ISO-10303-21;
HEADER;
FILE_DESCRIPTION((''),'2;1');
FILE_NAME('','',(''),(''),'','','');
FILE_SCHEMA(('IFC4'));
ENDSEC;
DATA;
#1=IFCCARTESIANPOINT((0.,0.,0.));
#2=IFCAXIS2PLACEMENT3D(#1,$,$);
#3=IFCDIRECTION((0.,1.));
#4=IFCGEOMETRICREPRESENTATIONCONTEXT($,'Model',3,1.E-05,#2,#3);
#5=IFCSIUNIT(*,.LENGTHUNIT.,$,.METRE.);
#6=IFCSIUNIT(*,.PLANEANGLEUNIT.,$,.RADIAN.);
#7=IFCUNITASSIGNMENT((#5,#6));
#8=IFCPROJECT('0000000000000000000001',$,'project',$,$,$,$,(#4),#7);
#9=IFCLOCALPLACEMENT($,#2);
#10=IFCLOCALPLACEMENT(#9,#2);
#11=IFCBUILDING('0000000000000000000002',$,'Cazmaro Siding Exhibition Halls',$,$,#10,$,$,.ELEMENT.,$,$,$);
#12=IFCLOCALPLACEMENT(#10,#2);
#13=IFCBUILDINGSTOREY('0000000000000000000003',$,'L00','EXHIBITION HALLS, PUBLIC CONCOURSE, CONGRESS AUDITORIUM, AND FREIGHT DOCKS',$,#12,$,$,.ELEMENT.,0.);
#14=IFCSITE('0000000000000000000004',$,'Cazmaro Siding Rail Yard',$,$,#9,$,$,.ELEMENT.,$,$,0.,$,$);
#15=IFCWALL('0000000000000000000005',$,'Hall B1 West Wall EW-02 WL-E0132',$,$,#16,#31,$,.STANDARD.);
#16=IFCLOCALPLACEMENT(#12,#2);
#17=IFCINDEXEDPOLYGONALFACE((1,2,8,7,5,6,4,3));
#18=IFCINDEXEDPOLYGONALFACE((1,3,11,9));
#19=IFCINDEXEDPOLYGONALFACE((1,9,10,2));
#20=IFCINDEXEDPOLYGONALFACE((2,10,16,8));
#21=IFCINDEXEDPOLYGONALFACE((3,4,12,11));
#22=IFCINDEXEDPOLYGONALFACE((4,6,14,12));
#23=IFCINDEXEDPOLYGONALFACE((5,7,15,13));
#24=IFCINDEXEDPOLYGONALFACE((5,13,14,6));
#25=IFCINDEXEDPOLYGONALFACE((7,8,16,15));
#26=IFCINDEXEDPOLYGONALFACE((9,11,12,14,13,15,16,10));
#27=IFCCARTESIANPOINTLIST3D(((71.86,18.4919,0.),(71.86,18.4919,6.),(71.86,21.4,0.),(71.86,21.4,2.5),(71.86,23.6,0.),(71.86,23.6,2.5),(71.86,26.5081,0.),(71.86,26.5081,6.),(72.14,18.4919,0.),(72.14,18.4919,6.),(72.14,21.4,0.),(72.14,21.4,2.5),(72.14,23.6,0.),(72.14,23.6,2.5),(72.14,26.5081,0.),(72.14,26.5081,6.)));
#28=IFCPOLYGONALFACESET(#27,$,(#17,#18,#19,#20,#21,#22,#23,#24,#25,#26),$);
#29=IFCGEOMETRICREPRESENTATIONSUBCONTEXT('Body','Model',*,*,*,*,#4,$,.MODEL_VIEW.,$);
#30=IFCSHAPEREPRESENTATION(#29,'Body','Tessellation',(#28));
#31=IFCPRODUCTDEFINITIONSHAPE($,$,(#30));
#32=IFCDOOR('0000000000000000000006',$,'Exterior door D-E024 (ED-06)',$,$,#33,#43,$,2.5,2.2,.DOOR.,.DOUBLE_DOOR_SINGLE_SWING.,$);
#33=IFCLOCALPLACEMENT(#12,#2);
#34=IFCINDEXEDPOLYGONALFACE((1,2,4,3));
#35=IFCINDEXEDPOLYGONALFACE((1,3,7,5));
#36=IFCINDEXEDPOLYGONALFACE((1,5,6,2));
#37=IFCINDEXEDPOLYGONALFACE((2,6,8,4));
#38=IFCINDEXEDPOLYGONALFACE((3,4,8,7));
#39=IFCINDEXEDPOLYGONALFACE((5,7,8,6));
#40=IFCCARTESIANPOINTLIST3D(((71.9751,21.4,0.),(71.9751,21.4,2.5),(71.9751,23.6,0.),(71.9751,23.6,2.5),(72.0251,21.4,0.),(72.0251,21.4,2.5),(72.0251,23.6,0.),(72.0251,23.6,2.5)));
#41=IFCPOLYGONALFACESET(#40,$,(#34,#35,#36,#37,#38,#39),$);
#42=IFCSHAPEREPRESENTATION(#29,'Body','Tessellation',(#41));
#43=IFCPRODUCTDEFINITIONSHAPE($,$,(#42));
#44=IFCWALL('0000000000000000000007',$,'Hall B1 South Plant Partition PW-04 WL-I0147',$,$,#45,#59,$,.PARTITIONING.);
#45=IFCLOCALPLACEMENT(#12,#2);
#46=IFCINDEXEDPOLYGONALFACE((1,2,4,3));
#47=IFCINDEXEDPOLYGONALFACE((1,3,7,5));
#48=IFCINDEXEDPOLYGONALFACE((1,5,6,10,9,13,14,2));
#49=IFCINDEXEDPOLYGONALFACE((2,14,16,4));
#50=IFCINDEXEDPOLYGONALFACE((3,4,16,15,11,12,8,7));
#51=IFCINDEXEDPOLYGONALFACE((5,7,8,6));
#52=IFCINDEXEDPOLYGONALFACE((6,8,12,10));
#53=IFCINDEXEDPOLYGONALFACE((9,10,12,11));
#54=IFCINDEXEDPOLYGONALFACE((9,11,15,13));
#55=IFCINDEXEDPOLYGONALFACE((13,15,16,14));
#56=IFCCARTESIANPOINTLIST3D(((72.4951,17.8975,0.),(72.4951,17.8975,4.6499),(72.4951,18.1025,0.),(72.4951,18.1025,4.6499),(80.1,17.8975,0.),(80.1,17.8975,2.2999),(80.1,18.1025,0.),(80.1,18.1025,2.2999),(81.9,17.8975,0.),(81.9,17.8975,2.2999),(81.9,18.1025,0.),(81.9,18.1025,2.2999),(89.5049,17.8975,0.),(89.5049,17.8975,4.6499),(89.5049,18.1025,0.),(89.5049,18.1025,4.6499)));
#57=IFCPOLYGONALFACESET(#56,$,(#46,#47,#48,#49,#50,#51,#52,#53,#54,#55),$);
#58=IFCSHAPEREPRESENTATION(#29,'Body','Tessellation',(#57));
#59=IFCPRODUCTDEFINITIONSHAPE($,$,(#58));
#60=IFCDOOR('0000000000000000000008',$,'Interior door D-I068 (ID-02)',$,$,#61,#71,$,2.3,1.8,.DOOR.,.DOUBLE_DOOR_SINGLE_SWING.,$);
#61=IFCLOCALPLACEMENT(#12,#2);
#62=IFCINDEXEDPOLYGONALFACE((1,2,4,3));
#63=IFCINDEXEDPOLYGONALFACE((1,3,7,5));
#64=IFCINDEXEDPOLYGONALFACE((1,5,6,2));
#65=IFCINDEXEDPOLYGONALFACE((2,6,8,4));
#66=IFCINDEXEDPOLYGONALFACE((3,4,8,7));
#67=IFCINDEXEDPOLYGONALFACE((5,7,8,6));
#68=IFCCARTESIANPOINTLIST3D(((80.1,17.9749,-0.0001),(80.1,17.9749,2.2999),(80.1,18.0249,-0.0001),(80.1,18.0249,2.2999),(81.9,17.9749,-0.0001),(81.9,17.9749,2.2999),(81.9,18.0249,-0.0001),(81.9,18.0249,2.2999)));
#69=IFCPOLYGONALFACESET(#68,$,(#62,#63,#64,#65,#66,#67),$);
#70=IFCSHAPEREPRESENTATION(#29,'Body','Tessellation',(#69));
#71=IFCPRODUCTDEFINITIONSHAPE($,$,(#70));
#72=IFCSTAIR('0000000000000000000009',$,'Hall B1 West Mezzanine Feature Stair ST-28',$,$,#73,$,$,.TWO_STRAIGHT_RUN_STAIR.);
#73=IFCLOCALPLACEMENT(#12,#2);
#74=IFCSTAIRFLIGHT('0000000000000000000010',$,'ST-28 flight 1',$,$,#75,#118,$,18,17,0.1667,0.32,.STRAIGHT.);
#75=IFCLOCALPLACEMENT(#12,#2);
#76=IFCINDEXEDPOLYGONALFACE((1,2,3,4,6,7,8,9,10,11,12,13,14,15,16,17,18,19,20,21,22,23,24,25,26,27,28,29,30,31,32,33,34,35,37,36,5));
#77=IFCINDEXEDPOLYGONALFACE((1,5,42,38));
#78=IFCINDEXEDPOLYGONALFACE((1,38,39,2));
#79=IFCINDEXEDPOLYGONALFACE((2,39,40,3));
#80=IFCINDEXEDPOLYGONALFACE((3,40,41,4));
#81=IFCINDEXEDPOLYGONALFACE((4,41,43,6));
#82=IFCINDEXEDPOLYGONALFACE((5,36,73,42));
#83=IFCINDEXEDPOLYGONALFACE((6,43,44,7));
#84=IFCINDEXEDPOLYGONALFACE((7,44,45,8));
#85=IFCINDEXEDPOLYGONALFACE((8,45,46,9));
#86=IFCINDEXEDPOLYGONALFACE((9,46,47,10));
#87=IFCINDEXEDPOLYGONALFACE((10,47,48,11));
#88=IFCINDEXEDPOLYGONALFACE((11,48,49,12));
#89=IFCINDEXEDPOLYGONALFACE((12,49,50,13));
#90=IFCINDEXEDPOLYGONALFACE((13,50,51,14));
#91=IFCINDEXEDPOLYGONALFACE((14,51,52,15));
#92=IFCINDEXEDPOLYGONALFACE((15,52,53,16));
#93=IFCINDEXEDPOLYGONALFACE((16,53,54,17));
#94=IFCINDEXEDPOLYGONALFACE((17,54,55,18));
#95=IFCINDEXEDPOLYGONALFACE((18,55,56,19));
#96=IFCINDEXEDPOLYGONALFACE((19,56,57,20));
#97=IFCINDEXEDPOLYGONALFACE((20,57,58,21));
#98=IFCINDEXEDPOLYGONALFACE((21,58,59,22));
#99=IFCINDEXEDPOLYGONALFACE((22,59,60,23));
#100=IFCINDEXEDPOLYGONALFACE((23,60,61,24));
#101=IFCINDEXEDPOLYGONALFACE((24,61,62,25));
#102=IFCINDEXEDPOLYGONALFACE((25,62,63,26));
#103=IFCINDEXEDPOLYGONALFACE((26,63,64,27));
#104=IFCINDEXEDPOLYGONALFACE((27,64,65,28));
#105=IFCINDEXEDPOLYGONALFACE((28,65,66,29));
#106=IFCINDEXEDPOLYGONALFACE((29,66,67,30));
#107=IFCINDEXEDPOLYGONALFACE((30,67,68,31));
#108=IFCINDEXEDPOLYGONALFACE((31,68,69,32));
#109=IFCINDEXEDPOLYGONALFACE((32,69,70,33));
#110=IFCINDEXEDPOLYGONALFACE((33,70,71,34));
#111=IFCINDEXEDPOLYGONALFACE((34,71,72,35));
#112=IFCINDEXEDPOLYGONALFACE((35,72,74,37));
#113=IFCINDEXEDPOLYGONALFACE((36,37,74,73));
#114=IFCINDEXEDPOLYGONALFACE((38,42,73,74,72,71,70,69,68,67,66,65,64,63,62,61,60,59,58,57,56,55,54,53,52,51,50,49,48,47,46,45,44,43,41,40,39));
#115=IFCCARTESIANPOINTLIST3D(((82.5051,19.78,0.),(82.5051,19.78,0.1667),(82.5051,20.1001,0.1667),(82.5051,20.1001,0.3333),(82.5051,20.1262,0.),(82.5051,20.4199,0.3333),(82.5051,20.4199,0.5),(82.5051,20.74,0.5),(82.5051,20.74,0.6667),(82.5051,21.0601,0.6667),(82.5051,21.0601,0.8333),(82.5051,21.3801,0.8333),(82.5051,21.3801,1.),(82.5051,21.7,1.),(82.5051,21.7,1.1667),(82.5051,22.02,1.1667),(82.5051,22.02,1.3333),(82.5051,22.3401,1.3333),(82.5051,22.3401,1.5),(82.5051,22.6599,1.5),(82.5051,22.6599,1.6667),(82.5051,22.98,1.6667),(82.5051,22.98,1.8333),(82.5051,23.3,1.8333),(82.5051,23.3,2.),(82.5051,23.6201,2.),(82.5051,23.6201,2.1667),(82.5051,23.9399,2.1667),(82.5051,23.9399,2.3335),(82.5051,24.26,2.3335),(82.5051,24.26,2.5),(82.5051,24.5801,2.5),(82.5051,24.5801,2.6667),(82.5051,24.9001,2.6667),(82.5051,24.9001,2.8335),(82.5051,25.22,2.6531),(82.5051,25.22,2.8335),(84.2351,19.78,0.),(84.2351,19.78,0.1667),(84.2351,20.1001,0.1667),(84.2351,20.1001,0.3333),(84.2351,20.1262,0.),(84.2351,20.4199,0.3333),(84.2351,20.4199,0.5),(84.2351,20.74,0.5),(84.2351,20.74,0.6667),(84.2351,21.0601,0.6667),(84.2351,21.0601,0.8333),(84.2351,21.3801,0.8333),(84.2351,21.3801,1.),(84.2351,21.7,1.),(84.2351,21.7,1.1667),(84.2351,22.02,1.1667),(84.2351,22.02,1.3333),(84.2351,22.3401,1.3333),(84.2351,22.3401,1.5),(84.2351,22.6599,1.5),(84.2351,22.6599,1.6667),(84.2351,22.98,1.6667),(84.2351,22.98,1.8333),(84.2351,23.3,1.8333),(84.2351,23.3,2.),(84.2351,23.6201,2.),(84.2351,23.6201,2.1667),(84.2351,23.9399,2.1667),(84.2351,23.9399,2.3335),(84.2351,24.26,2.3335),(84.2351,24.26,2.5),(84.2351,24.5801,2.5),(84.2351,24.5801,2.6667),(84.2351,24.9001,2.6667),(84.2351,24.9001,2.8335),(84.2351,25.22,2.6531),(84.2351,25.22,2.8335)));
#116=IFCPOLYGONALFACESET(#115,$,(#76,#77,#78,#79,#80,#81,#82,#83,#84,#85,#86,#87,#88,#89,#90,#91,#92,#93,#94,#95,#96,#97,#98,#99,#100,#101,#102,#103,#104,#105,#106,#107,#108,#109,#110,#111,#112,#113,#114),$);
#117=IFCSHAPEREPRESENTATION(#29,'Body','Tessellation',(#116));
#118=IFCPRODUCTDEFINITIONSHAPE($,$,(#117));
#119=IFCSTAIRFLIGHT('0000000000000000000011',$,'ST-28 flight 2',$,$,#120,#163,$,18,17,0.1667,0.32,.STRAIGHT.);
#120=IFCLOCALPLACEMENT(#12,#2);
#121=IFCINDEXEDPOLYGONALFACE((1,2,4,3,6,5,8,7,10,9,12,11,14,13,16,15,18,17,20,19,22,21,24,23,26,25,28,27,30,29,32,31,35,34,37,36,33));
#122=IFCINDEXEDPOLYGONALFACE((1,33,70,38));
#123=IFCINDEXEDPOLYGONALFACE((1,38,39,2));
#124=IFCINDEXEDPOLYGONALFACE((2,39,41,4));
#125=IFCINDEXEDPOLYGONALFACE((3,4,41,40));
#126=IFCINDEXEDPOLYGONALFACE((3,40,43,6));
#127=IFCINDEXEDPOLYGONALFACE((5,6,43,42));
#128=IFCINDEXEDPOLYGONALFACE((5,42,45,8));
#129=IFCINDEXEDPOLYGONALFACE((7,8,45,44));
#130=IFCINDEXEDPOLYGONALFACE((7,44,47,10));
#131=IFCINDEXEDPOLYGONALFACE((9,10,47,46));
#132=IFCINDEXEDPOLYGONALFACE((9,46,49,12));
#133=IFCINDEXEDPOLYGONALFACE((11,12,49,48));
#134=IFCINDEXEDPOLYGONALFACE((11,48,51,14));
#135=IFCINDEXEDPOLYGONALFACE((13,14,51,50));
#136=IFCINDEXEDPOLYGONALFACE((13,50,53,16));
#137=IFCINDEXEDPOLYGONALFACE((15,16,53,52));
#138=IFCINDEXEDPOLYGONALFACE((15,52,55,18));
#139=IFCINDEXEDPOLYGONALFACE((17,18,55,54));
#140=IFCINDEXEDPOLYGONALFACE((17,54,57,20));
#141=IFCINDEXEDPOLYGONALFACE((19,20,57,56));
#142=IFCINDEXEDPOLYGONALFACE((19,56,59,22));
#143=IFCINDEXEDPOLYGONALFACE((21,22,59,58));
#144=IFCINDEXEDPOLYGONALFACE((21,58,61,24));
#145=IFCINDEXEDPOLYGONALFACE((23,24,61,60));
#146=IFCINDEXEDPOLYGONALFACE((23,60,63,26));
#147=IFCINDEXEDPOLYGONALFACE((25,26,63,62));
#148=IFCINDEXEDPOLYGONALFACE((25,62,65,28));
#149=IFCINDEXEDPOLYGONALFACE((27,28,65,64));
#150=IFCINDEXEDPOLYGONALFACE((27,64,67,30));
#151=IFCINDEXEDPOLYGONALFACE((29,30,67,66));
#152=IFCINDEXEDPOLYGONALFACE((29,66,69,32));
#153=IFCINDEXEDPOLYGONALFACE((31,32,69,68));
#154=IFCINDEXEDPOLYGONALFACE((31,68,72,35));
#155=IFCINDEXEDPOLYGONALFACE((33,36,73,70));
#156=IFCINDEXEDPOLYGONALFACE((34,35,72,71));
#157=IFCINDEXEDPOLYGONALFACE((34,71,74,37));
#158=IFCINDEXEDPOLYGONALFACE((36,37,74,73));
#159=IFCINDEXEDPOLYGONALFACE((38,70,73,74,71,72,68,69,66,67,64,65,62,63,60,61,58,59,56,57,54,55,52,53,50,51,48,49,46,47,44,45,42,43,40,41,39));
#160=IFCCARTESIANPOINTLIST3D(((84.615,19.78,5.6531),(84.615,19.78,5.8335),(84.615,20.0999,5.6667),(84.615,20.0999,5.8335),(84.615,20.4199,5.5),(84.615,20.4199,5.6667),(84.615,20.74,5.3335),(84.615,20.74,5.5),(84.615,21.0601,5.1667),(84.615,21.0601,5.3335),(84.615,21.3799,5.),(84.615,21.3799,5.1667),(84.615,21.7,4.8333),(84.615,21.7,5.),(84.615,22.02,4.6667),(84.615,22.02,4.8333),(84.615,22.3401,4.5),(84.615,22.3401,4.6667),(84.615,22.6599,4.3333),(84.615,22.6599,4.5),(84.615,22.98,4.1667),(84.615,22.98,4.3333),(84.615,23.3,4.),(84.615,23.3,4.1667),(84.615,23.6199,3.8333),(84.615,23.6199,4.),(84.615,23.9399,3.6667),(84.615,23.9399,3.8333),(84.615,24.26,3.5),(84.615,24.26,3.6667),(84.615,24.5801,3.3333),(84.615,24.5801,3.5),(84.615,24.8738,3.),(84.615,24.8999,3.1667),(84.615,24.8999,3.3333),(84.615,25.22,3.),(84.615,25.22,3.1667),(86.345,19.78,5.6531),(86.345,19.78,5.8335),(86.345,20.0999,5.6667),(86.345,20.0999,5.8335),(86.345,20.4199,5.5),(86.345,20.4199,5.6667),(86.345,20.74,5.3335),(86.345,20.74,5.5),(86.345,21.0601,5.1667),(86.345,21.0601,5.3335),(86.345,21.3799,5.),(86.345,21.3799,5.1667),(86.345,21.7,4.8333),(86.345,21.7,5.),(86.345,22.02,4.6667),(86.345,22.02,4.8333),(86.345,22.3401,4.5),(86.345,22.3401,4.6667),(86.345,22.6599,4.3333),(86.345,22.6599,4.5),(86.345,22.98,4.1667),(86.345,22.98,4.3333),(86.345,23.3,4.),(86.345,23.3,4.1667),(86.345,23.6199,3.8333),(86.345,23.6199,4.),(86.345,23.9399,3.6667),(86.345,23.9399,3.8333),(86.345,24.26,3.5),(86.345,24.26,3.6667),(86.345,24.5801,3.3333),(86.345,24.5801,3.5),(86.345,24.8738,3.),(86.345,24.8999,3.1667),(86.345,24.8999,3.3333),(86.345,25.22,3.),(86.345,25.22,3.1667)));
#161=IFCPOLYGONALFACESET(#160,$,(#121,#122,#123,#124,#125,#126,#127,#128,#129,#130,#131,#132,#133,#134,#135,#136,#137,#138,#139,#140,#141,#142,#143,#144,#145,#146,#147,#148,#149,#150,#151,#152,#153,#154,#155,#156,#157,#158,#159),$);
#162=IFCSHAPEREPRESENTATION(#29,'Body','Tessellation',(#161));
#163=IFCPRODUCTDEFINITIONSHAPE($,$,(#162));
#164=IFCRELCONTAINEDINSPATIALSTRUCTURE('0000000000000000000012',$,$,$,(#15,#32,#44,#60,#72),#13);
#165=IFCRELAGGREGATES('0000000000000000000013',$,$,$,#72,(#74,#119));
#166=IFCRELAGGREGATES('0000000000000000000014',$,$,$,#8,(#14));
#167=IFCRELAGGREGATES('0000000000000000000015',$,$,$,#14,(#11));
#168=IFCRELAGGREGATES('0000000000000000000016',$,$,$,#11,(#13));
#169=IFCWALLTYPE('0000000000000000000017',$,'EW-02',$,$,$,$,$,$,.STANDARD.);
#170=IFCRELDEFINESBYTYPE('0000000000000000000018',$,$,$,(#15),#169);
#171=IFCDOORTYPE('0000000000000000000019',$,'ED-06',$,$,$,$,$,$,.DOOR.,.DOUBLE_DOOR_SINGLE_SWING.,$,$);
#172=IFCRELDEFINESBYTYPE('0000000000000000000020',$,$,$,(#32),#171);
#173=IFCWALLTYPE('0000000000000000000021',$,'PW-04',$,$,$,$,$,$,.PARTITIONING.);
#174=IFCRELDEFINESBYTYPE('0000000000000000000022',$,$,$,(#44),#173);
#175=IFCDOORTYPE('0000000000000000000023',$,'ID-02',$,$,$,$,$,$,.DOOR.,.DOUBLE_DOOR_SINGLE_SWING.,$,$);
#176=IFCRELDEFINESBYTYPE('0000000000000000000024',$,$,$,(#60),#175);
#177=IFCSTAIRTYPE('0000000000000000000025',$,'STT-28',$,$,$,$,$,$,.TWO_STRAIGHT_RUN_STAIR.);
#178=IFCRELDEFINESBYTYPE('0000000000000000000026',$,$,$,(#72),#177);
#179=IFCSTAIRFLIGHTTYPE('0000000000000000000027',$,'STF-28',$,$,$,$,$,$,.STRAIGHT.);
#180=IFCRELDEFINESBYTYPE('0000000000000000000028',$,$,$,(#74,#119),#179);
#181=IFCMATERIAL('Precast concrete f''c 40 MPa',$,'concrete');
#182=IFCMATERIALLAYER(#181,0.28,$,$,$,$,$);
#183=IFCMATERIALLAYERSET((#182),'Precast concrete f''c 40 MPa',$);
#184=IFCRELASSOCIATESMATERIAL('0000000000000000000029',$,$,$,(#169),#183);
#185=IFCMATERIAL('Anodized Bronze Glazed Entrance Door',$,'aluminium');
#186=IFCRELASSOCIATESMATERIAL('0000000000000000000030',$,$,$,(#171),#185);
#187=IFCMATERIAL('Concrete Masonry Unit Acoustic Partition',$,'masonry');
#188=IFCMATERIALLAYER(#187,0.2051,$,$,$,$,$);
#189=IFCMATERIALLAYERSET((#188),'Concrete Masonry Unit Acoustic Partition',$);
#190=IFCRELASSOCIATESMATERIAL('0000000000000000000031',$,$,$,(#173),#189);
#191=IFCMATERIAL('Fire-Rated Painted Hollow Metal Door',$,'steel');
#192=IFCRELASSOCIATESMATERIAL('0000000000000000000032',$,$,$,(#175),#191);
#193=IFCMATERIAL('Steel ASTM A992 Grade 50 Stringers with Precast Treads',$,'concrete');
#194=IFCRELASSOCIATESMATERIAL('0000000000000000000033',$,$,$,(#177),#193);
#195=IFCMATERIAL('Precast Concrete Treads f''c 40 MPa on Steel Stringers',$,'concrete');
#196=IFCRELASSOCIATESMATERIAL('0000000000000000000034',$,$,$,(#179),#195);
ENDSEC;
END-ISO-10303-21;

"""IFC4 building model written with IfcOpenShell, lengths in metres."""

from ifc_helpers import new_model, si_unit, direction, frame, frame_2d, origin, place, context, subcontext, project, spatial, polyline, rectangle, outline, extrude, material, layer, layer_set, type_object, element, fill, aggregate, save


model = new_model("IFC4")

# Units and contexts
model_context = context("Model", 3, precision=1e-05, world=origin(), true_north=direction((0.0, 1.0)))
body_context = subcontext(model_context, "Body", "Model", "MODEL_VIEW")
ifc_project = project(units=[si_unit("LENGTHUNIT", "METRE"), si_unit("PLANEANGLEUNIT", "RADIAN")], contexts=[model_context])

# Site, building, storey
site_placement = place(None, origin())
site = spatial("IfcSite", under=ifc_project, at=site_placement, Name="Cazmaro Siding Rail Yard", CompositionType="ELEMENT", RefElevation=0.0)
building_placement = place(site_placement, origin())
building = spatial("IfcBuilding", under=site, at=building_placement, Name="Cazmaro Siding Exhibition Halls", CompositionType="ELEMENT")
storey_placement = place(building_placement, origin())
storey = spatial("IfcBuildingStorey", under=building, at=storey_placement, Name="L00", Description="EXHIBITION HALLS, PUBLIC CONCOURSE, CONGRESS AUDITORIUM, AND FREIGHT DOCKS", CompositionType="ELEMENT", Elevation=0.0)

# Shared definitions
ifc_material_1 = material(Name="Precast concrete f'c 40 MPa", Category="concrete")
ifc_layer_1 = layer(ifc_material_1, 0.28)
ifc_layer_set_1 = layer_set([ifc_layer_1], Name="Precast concrete f'c 40 MPa")
wall_type_1 = type_object("IfcWallType", Name="EW-02", PredefinedType="STANDARD", material=ifc_layer_set_1)

# Walls, openings, doors
wall_1_placement = place(storey_placement, frame((72.0, 18.4919, 0.0), z_axis=(0.0, 0.0, 1.0), x_axis=(0.0, 1.0, 0.0)))
wall_1 = element("IfcWall", 1, at=wall_1_placement, inside=storey, type_object=wall_type_1, Name="Hall B1 West Wall EW-02 WL-E0132", PredefinedType="STANDARD", context=body_context, shape_type="SweptSolid", body=[
    extrude(rectangle(XDim=8.0161, YDim=0.28, at=frame_2d((4.0081, 0.0))), origin(), (0.0, 0.0, 1.0), 6.0),
])
opening_1_placement = place(wall_1_placement, frame((2.908, 0.0, 0.0)))
opening_1 = element("IfcOpeningElement", 2, at=opening_1_placement, cuts=wall_1, PredefinedType="OPENING", context=body_context, shape_type="SweptSolid", body=[
    extrude(rectangle(XDim=2.2, YDim=2.5, at=frame_2d((1.1001, 1.25))), frame((0.0, 0.1499, 0.0), z_axis=(0.0, -1.0, 0.0), x_axis=(1.0, 0.0, 0.0)), (0.0, 0.0, 1.0), 0.3),
])
ifc_material_2 = material(Name="Anodized Bronze Glazed Entrance Door", Category="aluminium")
door_type_1 = type_object("IfcDoorType", Name="ED-06", OperationType="DOUBLE_DOOR_SINGLE_SWING", PredefinedType="DOOR", material=ifc_material_2)
door_1_placement = place(opening_1_placement, origin())
door_1 = element("IfcDoor", 3, at=door_1_placement, inside=storey, type_object=door_type_1, Name="Exterior door D-E024 (ED-06)", OperationType="DOUBLE_DOOR_SINGLE_SWING", OverallHeight=2.5, OverallWidth=2.2, PredefinedType="DOOR", context=body_context, shape_type="SweptSolid", body=[
    extrude(rectangle(XDim=2.2, YDim=2.5, at=frame_2d((1.1001, 1.25))), frame((0.0, 0.0249, 0.0), z_axis=(0.0, -1.0, 0.0), x_axis=(1.0, 0.0, 0.0)), (0.0, 0.0, 1.0), 0.05),
])
fill(opening_1, door_1)
ifc_material_3 = material(Name="Concrete Masonry Unit Acoustic Partition", Category="masonry")
ifc_layer_2 = layer(ifc_material_3, 0.2051)
ifc_layer_set_2 = layer_set([ifc_layer_2], Name="Concrete Masonry Unit Acoustic Partition")
wall_type_2 = type_object("IfcWallType", Name="PW-04", PredefinedType="PARTITIONING", material=ifc_layer_set_2)
wall_2_placement = place(storey_placement, frame((72.4951, 18.0, 0.0), z_axis=(0.0, 0.0, 1.0), x_axis=(1.0, 0.0, 0.0)))
wall_2 = element("IfcWall", 4, at=wall_2_placement, inside=storey, type_object=wall_type_2, Name="Hall B1 South Plant Partition PW-04 WL-I0147", PredefinedType="PARTITIONING", context=body_context, shape_type="SweptSolid", body=[
    extrude(rectangle(XDim=17.0098, YDim=0.2051, at=frame_2d((8.5049, 0.0))), origin(), (0.0, 0.0, 1.0), 4.6499),
])
opening_2_placement = place(wall_2_placement, frame((7.605, 0.0, 0.0)))
opening_2 = element("IfcOpeningElement", 5, at=opening_2_placement, cuts=wall_2, PredefinedType="OPENING", context=body_context, shape_type="SweptSolid", body=[
    extrude(rectangle(XDim=1.8, YDim=2.3, at=frame_2d((0.8999, 1.1499))), frame((0.0, 0.1125, 0.0), z_axis=(0.0, -1.0, 0.0), x_axis=(1.0, 0.0, 0.0)), (0.0, 0.0, 1.0), 0.2251),
])
ifc_material_4 = material(Name="Fire-Rated Painted Hollow Metal Door", Category="steel")
door_type_2 = type_object("IfcDoorType", Name="ID-02", OperationType="DOUBLE_DOOR_SINGLE_SWING", PredefinedType="DOOR", material=ifc_material_4)
door_2_placement = place(opening_2_placement, origin())
door_2 = element("IfcDoor", 6, at=door_2_placement, inside=storey, type_object=door_type_2, Name="Interior door D-I068 (ID-02)", OperationType="DOUBLE_DOOR_SINGLE_SWING", OverallHeight=2.3, OverallWidth=1.8, PredefinedType="DOOR", context=body_context, shape_type="SweptSolid", body=[
    extrude(rectangle(XDim=1.8, YDim=2.3, at=frame_2d((0.8999, 1.1499))), frame((0.0, 0.0249, 0.0), z_axis=(0.0, -1.0, 0.0), x_axis=(1.0, 0.0, 0.0)), (0.0, 0.0, 1.0), 0.05),
])
fill(opening_2, door_2)

# Stair, stair flights
ifc_material_5 = material(Name="Steel ASTM A992 Grade 50 Stringers with Precast Treads", Category="concrete")
stair_type = type_object("IfcStairType", Name="STT-28", PredefinedType="TWO_STRAIGHT_RUN_STAIR", material=ifc_material_5)
stair_placement = place(storey_placement, origin())
stair = element("IfcStair", 7, at=stair_placement, inside=storey, type_object=stair_type, Name="Hall B1 West Mezzanine Feature Stair ST-28", PredefinedType="TWO_STRAIGHT_RUN_STAIR")
ifc_material_6 = material(Name="Precast Concrete Treads f'c 40 MPa on Steel Stringers", Category="concrete")
stair_flight_type = type_object("IfcStairFlightType", Name="STF-28", PredefinedType="STRAIGHT", material=ifc_material_6)
stair_flight_1_placement = place(storey_placement, frame((83.3701, 19.78, 0.0), z_axis=(0.0, 0.0, 1.0), x_axis=(0.0, 1.0, 0.0)))
stair_flight_1 = element("IfcStairFlight", 8, at=stair_flight_1_placement, type_object=stair_flight_type, Name="ST-28 flight 1", NumberOfRisers=18, NumberOfTreads=17, PredefinedType="STRAIGHT", RiserHeight=0.1667, TreadLength=0.32, context=body_context, shape_type="SweptSolid", body=[
    extrude(outline(polyline([(0.0, 0.0), (0.0, 0.1667), (0.3201, 0.1667), (0.3201, 0.3333), (0.6399, 0.3333), (0.6399, 0.5), (0.96, 0.5), (0.96, 0.6667), (1.28, 0.6667), (1.28, 0.8333), (1.6001, 0.8333), (1.6001, 1.0), (1.9199, 1.0), (1.9199, 1.1667), (2.24, 1.1667), (2.24, 1.3333), (2.5601, 1.3333), (2.5601, 1.5), (2.8799, 1.5), (2.8799, 1.6667), (3.2, 1.6667), (3.2, 1.8333), (3.52, 1.8333), (3.52, 2.0), (3.8401, 2.0), (3.8401, 2.1667), (4.1599, 2.1667), (4.1599, 2.3335), (4.48, 2.3335), (4.48, 2.5), (4.8, 2.5), (4.8, 2.6667), (5.1201, 2.6667), (5.1201, 2.8335), (5.4399, 2.8335), (5.4399, 3.0), (5.4399, 2.6531), (0.3462, 0.0), (0.0, 0.0)])), frame((0.0, 0.865, 0.0), z_axis=(0.0, -1.0, 0.0), x_axis=(1.0, 0.0, 0.0)), (0.0, 0.0, 1.0), 1.73),
])
stair_flight_2_placement = place(storey_placement, frame((85.48, 25.22, 3.0), z_axis=(0.0, 0.0, 1.0), x_axis=(0.0, -1.0, 0.0)))
stair_flight_2 = element("IfcStairFlight", 9, at=stair_flight_2_placement, type_object=stair_flight_type, Name="ST-28 flight 2", NumberOfRisers=18, NumberOfTreads=17, PredefinedType="STRAIGHT", RiserHeight=0.1667, TreadLength=0.32, context=body_context, shape_type="SweptSolid", body=[
    extrude(outline(polyline([(0.0, 0.0), (0.0, 0.1667), (0.3201, 0.1667), (0.3201, 0.3333), (0.6399, 0.3333), (0.6399, 0.5), (0.96, 0.5), (0.96, 0.6667), (1.28, 0.6667), (1.28, 0.8333), (1.6001, 0.8333), (1.6001, 1.0), (1.9199, 1.0), (1.9199, 1.1667), (2.24, 1.1667), (2.24, 1.3333), (2.5601, 1.3333), (2.5601, 1.5), (2.8799, 1.5), (2.8799, 1.6667), (3.2, 1.6667), (3.2, 1.8333), (3.52, 1.8333), (3.52, 2.0), (3.8401, 2.0), (3.8401, 2.1667), (4.1599, 2.1667), (4.1599, 2.3335), (4.48, 2.3335), (4.48, 2.5), (4.8, 2.5), (4.8, 2.6667), (5.1201, 2.6667), (5.1201, 2.8335), (5.4399, 2.8335), (5.4399, 3.0), (5.4399, 2.6531), (0.3462, 0.0), (0.0, 0.0)])), frame((0.0, 0.865, 0.0), z_axis=(0.0, -1.0, 0.0), x_axis=(1.0, 0.0, 0.0)), (0.0, 0.0, 1.0), 1.73),
])
aggregate(stair, [stair_flight_1, stair_flight_2])

save(model, "model.ifc")
